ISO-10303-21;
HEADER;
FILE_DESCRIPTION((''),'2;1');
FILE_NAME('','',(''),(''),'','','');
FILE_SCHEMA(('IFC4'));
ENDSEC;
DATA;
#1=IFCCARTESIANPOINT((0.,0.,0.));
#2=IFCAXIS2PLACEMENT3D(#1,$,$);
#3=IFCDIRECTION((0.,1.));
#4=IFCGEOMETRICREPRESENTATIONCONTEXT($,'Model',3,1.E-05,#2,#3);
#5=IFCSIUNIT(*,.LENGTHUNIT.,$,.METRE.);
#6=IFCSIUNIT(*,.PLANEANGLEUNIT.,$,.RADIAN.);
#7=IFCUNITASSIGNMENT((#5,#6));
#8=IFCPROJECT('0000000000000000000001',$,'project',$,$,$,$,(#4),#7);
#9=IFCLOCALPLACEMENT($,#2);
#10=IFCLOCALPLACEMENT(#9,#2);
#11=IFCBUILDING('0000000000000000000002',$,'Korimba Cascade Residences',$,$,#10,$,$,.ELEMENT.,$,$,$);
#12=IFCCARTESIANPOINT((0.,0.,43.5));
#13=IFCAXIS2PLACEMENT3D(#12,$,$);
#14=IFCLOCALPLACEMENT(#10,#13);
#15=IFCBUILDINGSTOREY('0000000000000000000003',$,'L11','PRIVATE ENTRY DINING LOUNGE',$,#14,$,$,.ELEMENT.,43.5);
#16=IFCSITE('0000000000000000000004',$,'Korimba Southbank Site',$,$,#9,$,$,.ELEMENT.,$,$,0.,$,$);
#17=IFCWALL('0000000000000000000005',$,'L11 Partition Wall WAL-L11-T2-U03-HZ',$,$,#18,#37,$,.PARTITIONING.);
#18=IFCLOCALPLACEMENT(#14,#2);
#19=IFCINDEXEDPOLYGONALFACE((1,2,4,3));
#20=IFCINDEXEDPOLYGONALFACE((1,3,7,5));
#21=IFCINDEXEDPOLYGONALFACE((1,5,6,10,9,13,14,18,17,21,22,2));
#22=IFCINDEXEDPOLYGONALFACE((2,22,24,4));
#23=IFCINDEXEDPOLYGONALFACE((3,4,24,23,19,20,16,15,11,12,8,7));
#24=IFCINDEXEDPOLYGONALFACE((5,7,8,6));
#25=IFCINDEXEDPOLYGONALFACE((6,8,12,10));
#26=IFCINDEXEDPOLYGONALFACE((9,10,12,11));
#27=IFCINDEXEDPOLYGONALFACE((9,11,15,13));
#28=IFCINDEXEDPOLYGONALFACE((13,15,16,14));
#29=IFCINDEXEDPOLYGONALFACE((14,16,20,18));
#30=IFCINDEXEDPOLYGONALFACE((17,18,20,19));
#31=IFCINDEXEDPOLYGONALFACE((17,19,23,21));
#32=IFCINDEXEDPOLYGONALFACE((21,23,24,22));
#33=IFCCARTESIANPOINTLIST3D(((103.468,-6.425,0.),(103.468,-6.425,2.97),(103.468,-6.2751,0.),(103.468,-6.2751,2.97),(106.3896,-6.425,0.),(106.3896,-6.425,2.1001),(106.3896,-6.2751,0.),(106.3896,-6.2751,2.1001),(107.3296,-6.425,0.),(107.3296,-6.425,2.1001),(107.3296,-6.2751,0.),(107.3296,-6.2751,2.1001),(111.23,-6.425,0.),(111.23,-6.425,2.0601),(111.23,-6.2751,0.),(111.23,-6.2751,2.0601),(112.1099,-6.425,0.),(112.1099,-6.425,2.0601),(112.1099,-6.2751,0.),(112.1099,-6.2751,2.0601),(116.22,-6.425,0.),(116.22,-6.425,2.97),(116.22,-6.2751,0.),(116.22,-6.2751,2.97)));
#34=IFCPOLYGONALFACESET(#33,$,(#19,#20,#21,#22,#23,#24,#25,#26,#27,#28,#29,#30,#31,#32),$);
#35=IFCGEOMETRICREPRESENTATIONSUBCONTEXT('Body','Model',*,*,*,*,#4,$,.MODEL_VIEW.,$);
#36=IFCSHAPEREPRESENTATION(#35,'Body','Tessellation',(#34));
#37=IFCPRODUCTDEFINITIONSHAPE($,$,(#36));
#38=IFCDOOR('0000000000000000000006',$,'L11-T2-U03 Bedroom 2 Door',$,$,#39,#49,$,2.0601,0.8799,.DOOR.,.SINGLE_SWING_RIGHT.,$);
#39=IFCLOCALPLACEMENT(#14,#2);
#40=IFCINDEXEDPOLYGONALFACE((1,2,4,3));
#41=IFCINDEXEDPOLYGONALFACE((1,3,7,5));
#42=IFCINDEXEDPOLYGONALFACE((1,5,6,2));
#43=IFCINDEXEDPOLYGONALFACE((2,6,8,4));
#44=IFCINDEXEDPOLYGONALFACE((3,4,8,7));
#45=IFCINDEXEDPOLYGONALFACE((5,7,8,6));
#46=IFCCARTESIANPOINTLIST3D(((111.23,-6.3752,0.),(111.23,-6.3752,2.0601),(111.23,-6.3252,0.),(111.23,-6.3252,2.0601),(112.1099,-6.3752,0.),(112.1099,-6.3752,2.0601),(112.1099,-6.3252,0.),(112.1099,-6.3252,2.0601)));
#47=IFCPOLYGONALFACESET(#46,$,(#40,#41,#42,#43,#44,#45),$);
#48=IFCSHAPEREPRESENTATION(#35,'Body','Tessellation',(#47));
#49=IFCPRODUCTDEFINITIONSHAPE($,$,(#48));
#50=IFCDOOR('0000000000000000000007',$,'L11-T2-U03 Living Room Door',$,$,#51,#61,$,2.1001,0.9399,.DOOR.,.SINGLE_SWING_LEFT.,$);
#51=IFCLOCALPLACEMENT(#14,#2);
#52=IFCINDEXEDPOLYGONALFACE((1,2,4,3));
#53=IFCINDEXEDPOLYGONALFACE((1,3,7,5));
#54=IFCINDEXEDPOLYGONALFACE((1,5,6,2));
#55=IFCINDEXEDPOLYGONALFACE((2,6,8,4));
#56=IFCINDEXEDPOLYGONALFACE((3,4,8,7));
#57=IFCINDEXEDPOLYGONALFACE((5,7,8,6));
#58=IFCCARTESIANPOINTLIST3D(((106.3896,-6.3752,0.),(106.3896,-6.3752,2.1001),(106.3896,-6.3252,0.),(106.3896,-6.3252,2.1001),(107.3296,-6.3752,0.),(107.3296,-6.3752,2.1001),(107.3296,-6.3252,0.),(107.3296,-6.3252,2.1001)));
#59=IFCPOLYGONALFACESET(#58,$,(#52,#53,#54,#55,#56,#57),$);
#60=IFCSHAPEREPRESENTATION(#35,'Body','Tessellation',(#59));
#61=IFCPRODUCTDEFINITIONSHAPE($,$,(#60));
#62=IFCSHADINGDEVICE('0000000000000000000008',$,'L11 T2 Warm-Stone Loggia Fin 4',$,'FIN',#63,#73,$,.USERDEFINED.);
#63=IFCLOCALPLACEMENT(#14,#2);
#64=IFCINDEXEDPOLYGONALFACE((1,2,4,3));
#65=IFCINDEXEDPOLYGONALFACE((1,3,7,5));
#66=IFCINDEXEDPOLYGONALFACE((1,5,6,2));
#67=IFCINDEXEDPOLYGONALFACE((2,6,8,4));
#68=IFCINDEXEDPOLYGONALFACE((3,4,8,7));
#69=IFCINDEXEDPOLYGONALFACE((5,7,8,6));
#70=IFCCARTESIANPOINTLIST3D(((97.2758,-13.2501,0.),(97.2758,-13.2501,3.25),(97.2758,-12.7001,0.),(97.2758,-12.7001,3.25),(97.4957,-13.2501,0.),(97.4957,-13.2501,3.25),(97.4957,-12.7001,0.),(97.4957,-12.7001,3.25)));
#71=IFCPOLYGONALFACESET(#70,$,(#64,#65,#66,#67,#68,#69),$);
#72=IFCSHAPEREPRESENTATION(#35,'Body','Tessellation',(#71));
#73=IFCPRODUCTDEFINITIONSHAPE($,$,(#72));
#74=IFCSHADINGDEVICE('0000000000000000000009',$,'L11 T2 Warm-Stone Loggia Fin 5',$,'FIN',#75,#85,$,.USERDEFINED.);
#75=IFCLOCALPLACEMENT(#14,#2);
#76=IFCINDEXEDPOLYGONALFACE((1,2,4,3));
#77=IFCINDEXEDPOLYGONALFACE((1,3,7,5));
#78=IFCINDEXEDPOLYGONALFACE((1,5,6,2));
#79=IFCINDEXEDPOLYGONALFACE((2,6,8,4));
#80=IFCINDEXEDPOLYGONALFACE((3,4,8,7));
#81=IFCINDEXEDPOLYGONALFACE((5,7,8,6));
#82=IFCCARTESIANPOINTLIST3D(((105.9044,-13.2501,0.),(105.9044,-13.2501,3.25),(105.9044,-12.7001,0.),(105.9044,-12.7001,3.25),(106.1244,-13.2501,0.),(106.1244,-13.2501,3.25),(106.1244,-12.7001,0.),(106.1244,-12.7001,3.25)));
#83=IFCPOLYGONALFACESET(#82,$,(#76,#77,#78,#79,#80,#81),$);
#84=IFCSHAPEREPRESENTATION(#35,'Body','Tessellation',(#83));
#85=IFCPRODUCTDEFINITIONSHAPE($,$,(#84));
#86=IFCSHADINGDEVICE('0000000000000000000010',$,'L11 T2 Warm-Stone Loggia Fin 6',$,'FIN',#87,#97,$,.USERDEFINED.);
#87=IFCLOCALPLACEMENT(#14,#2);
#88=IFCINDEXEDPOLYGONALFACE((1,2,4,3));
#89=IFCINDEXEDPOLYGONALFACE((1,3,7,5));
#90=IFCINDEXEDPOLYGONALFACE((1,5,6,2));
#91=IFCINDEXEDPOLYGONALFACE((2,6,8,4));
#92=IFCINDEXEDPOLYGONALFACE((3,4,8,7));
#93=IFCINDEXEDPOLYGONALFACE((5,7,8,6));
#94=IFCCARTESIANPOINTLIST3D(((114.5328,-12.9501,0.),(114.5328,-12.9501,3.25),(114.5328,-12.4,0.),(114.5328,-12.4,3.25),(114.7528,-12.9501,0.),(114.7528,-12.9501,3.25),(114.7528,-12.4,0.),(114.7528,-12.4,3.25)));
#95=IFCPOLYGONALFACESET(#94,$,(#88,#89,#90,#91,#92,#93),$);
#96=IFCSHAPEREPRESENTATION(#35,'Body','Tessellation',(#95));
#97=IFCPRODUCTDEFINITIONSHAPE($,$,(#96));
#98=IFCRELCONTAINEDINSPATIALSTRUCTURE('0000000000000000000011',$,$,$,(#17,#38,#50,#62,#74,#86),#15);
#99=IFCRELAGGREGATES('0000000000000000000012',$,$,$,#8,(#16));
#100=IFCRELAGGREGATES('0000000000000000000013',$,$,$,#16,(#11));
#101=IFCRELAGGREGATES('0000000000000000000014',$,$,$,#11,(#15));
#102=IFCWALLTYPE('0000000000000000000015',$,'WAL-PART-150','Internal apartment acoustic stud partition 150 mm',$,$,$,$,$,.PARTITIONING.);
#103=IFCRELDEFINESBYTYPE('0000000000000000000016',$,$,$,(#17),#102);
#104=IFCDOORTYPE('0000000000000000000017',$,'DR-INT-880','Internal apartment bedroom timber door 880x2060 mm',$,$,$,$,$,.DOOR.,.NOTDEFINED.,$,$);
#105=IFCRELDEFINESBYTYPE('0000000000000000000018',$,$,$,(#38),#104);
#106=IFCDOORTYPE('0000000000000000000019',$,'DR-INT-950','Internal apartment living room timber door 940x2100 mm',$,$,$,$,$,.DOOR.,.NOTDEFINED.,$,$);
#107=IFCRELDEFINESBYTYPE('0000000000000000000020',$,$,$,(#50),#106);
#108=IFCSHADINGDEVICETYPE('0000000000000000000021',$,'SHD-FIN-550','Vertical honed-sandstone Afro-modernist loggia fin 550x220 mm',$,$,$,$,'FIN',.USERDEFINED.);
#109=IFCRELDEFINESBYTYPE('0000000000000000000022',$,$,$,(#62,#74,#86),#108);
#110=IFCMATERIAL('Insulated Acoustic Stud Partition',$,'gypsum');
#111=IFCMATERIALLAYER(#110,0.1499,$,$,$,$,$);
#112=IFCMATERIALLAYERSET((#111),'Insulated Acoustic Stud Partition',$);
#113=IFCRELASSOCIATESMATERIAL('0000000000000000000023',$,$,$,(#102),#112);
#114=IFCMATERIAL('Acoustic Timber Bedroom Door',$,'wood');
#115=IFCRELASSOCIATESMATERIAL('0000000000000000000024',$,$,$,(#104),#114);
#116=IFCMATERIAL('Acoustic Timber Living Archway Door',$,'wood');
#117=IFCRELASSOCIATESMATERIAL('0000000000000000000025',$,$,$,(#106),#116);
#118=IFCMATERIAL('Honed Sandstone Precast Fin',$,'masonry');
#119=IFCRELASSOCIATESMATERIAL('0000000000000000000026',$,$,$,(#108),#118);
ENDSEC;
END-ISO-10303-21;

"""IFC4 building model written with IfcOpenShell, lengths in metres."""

from ifc_helpers import new_model, si_unit, direction, frame, frame_2d, origin, origin_2d, place, context, subcontext, project, spatial, rectangle, extrude, material, layer, layer_set, type_object, element, fill, save


model = new_model("IFC4")

# Units and contexts
model_context = context("Model", 3, precision=1e-05, world=origin(), true_north=direction((0.0, 1.0)))
body_context = subcontext(model_context, "Body", "Model", "MODEL_VIEW")
ifc_project = project(units=[si_unit("LENGTHUNIT", "METRE"), si_unit("PLANEANGLEUNIT", "RADIAN")], contexts=[model_context])

# Site, building, storey
site_placement = place(None, origin())
site = spatial("IfcSite", under=ifc_project, at=site_placement, Name="Korimba Southbank Site", CompositionType="ELEMENT", RefElevation=0.0)
building_placement = place(site_placement, origin())
building = spatial("IfcBuilding", under=site, at=building_placement, Name="Korimba Cascade Residences", CompositionType="ELEMENT")
storey_placement = place(building_placement, frame((0.0, 0.0, 43.5)))
storey = spatial("IfcBuildingStorey", under=building, at=storey_placement, Name="L11", Description="PRIVATE ENTRY DINING LOUNGE", CompositionType="ELEMENT", Elevation=43.5)

# Shared definitions
ifc_material_1 = material(Name="Insulated Acoustic Stud Partition", Category="gypsum")
ifc_layer_1 = layer(ifc_material_1, 0.1499)
ifc_layer_set_1 = layer_set([ifc_layer_1], Name="Insulated Acoustic Stud Partition")
wall_type_1 = type_object("IfcWallType", Name="WAL-PART-150", Description="Internal apartment acoustic stud partition 150 mm", PredefinedType="PARTITIONING", material=ifc_layer_set_1)

# Wall, openings, doors
wall_1_placement = place(storey_placement, frame((103.468, -6.3501, 0.0), z_axis=(0.0, 0.0, 1.0), x_axis=(1.0, 0.0, 0.0)))
wall_1 = element("IfcWall", 1, at=wall_1_placement, inside=storey, type_object=wall_type_1, Name="L11 Partition Wall WAL-L11-T2-U03-HZ", PredefinedType="PARTITIONING", context=body_context, shape_type="SweptSolid", body=[
    extrude(rectangle(XDim=12.752, YDim=0.1499, at=frame_2d((6.376, 0.0))), origin(), (0.0, 0.0, 1.0), 2.97),
])
opening_1_placement = place(wall_1_placement, frame((2.9216, 0.0, 0.0)))
opening_1 = element("IfcOpeningElement", 2, at=opening_1_placement, cuts=wall_1, PredefinedType="OPENING", context=body_context, shape_type="SweptSolid", body=[
    extrude(rectangle(XDim=0.9399, YDim=2.1001, at=frame_2d((0.47, 1.05))), frame((0.0, 0.085, 0.0), z_axis=(0.0, -1.0, 0.0), x_axis=(1.0, 0.0, 0.0)), (0.0, 0.0, 1.0), 0.1699),
])
opening_2_placement = place(wall_1_placement, frame((7.762, 0.0, 0.0)))
opening_2 = element("IfcOpeningElement", 3, at=opening_2_placement, cuts=wall_1, PredefinedType="OPENING", context=body_context, shape_type="SweptSolid", body=[
    extrude(rectangle(XDim=0.8799, YDim=2.0601, at=frame_2d((0.4399, 1.03))), frame((0.0, 0.085, 0.0), z_axis=(0.0, -1.0, 0.0), x_axis=(1.0, 0.0, 0.0)), (0.0, 0.0, 1.0), 0.1699),
])
ifc_material_2 = material(Name="Acoustic Timber Bedroom Door", Category="wood")
door_type_1 = type_object("IfcDoorType", Name="DR-INT-880", Description="Internal apartment bedroom timber door 880x2060 mm", OperationType="NOTDEFINED", PredefinedType="DOOR", material=ifc_material_2)
door_1_placement = place(opening_2_placement, origin())
door_1 = element("IfcDoor", 4, at=door_1_placement, inside=storey, type_object=door_type_1, Name="L11-T2-U03 Bedroom 2 Door", OperationType="SINGLE_SWING_RIGHT", OverallHeight=2.0601, OverallWidth=0.8799, PredefinedType="DOOR", context=body_context, shape_type="SweptSolid", body=[
    extrude(rectangle(XDim=0.8799, YDim=2.0601, at=frame_2d((0.4399, 1.03))), frame((0.0, 0.0249, 0.0), z_axis=(0.0, -1.0, 0.0), x_axis=(1.0, 0.0, 0.0)), (0.0, 0.0, 1.0), 0.05),
])
fill(opening_2, door_1)
ifc_material_3 = material(Name="Acoustic Timber Living Archway Door", Category="wood")
door_type_2 = type_object("IfcDoorType", Name="DR-INT-950", Description="Internal apartment living room timber door 940x2100 mm", OperationType="NOTDEFINED", PredefinedType="DOOR", material=ifc_material_3)
door_2_placement = place(opening_1_placement, origin())
door_2 = element("IfcDoor", 5, at=door_2_placement, inside=storey, type_object=door_type_2, Name="L11-T2-U03 Living Room Door", OperationType="SINGLE_SWING_LEFT", OverallHeight=2.1001, OverallWidth=0.9399, PredefinedType="DOOR", context=body_context, shape_type="SweptSolid", body=[
    extrude(rectangle(XDim=0.9399, YDim=2.1001, at=frame_2d((0.47, 1.05))), frame((0.0, 0.0249, 0.0), z_axis=(0.0, -1.0, 0.0), x_axis=(1.0, 0.0, 0.0)), (0.0, 0.0, 1.0), 0.05),
])
fill(opening_1, door_2)

# Shading devices
ifc_material_4 = material(Name="Honed Sandstone Precast Fin", Category="masonry")
shading_device_type = type_object("IfcShadingDeviceType", Name="SHD-FIN-550", Description="Vertical honed-sandstone Afro-modernist loggia fin 550x220 mm", ElementType="FIN", PredefinedType="USERDEFINED", material=ifc_material_4)
for number, where, z_axis, x_axis, name in (
    (6, (97.3857, -12.9751, 0.0), (0.0, 0.0, 1.0), (1.0, 0.0, 0.0), "L11 T2 Warm-Stone Loggia Fin 4"),
    (7, (106.0144, -12.9751, 0.0), (0.0, 0.0, 1.0), (1.0, 0.0, 0.0), "L11 T2 Warm-Stone Loggia Fin 5"),
    (8, (114.6428, -12.675, 0.0), (0.0, 0.0, 1.0), (1.0, 0.0, 0.0), "L11 T2 Warm-Stone Loggia Fin 6"),
):
    element("IfcShadingDevice", number, at=place(storey_placement, frame(where, z_axis=z_axis, x_axis=x_axis)), inside=storey, type_object=shading_device_type, Name=name, ObjectType="FIN", PredefinedType="USERDEFINED", context=body_context, shape_type="SweptSolid", body=[
        extrude(rectangle(XDim=0.22, YDim=0.55, at=origin_2d()), origin(), (0.0, 0.0, 1.0), 3.25),
    ])

save(model, "model.ifc")
